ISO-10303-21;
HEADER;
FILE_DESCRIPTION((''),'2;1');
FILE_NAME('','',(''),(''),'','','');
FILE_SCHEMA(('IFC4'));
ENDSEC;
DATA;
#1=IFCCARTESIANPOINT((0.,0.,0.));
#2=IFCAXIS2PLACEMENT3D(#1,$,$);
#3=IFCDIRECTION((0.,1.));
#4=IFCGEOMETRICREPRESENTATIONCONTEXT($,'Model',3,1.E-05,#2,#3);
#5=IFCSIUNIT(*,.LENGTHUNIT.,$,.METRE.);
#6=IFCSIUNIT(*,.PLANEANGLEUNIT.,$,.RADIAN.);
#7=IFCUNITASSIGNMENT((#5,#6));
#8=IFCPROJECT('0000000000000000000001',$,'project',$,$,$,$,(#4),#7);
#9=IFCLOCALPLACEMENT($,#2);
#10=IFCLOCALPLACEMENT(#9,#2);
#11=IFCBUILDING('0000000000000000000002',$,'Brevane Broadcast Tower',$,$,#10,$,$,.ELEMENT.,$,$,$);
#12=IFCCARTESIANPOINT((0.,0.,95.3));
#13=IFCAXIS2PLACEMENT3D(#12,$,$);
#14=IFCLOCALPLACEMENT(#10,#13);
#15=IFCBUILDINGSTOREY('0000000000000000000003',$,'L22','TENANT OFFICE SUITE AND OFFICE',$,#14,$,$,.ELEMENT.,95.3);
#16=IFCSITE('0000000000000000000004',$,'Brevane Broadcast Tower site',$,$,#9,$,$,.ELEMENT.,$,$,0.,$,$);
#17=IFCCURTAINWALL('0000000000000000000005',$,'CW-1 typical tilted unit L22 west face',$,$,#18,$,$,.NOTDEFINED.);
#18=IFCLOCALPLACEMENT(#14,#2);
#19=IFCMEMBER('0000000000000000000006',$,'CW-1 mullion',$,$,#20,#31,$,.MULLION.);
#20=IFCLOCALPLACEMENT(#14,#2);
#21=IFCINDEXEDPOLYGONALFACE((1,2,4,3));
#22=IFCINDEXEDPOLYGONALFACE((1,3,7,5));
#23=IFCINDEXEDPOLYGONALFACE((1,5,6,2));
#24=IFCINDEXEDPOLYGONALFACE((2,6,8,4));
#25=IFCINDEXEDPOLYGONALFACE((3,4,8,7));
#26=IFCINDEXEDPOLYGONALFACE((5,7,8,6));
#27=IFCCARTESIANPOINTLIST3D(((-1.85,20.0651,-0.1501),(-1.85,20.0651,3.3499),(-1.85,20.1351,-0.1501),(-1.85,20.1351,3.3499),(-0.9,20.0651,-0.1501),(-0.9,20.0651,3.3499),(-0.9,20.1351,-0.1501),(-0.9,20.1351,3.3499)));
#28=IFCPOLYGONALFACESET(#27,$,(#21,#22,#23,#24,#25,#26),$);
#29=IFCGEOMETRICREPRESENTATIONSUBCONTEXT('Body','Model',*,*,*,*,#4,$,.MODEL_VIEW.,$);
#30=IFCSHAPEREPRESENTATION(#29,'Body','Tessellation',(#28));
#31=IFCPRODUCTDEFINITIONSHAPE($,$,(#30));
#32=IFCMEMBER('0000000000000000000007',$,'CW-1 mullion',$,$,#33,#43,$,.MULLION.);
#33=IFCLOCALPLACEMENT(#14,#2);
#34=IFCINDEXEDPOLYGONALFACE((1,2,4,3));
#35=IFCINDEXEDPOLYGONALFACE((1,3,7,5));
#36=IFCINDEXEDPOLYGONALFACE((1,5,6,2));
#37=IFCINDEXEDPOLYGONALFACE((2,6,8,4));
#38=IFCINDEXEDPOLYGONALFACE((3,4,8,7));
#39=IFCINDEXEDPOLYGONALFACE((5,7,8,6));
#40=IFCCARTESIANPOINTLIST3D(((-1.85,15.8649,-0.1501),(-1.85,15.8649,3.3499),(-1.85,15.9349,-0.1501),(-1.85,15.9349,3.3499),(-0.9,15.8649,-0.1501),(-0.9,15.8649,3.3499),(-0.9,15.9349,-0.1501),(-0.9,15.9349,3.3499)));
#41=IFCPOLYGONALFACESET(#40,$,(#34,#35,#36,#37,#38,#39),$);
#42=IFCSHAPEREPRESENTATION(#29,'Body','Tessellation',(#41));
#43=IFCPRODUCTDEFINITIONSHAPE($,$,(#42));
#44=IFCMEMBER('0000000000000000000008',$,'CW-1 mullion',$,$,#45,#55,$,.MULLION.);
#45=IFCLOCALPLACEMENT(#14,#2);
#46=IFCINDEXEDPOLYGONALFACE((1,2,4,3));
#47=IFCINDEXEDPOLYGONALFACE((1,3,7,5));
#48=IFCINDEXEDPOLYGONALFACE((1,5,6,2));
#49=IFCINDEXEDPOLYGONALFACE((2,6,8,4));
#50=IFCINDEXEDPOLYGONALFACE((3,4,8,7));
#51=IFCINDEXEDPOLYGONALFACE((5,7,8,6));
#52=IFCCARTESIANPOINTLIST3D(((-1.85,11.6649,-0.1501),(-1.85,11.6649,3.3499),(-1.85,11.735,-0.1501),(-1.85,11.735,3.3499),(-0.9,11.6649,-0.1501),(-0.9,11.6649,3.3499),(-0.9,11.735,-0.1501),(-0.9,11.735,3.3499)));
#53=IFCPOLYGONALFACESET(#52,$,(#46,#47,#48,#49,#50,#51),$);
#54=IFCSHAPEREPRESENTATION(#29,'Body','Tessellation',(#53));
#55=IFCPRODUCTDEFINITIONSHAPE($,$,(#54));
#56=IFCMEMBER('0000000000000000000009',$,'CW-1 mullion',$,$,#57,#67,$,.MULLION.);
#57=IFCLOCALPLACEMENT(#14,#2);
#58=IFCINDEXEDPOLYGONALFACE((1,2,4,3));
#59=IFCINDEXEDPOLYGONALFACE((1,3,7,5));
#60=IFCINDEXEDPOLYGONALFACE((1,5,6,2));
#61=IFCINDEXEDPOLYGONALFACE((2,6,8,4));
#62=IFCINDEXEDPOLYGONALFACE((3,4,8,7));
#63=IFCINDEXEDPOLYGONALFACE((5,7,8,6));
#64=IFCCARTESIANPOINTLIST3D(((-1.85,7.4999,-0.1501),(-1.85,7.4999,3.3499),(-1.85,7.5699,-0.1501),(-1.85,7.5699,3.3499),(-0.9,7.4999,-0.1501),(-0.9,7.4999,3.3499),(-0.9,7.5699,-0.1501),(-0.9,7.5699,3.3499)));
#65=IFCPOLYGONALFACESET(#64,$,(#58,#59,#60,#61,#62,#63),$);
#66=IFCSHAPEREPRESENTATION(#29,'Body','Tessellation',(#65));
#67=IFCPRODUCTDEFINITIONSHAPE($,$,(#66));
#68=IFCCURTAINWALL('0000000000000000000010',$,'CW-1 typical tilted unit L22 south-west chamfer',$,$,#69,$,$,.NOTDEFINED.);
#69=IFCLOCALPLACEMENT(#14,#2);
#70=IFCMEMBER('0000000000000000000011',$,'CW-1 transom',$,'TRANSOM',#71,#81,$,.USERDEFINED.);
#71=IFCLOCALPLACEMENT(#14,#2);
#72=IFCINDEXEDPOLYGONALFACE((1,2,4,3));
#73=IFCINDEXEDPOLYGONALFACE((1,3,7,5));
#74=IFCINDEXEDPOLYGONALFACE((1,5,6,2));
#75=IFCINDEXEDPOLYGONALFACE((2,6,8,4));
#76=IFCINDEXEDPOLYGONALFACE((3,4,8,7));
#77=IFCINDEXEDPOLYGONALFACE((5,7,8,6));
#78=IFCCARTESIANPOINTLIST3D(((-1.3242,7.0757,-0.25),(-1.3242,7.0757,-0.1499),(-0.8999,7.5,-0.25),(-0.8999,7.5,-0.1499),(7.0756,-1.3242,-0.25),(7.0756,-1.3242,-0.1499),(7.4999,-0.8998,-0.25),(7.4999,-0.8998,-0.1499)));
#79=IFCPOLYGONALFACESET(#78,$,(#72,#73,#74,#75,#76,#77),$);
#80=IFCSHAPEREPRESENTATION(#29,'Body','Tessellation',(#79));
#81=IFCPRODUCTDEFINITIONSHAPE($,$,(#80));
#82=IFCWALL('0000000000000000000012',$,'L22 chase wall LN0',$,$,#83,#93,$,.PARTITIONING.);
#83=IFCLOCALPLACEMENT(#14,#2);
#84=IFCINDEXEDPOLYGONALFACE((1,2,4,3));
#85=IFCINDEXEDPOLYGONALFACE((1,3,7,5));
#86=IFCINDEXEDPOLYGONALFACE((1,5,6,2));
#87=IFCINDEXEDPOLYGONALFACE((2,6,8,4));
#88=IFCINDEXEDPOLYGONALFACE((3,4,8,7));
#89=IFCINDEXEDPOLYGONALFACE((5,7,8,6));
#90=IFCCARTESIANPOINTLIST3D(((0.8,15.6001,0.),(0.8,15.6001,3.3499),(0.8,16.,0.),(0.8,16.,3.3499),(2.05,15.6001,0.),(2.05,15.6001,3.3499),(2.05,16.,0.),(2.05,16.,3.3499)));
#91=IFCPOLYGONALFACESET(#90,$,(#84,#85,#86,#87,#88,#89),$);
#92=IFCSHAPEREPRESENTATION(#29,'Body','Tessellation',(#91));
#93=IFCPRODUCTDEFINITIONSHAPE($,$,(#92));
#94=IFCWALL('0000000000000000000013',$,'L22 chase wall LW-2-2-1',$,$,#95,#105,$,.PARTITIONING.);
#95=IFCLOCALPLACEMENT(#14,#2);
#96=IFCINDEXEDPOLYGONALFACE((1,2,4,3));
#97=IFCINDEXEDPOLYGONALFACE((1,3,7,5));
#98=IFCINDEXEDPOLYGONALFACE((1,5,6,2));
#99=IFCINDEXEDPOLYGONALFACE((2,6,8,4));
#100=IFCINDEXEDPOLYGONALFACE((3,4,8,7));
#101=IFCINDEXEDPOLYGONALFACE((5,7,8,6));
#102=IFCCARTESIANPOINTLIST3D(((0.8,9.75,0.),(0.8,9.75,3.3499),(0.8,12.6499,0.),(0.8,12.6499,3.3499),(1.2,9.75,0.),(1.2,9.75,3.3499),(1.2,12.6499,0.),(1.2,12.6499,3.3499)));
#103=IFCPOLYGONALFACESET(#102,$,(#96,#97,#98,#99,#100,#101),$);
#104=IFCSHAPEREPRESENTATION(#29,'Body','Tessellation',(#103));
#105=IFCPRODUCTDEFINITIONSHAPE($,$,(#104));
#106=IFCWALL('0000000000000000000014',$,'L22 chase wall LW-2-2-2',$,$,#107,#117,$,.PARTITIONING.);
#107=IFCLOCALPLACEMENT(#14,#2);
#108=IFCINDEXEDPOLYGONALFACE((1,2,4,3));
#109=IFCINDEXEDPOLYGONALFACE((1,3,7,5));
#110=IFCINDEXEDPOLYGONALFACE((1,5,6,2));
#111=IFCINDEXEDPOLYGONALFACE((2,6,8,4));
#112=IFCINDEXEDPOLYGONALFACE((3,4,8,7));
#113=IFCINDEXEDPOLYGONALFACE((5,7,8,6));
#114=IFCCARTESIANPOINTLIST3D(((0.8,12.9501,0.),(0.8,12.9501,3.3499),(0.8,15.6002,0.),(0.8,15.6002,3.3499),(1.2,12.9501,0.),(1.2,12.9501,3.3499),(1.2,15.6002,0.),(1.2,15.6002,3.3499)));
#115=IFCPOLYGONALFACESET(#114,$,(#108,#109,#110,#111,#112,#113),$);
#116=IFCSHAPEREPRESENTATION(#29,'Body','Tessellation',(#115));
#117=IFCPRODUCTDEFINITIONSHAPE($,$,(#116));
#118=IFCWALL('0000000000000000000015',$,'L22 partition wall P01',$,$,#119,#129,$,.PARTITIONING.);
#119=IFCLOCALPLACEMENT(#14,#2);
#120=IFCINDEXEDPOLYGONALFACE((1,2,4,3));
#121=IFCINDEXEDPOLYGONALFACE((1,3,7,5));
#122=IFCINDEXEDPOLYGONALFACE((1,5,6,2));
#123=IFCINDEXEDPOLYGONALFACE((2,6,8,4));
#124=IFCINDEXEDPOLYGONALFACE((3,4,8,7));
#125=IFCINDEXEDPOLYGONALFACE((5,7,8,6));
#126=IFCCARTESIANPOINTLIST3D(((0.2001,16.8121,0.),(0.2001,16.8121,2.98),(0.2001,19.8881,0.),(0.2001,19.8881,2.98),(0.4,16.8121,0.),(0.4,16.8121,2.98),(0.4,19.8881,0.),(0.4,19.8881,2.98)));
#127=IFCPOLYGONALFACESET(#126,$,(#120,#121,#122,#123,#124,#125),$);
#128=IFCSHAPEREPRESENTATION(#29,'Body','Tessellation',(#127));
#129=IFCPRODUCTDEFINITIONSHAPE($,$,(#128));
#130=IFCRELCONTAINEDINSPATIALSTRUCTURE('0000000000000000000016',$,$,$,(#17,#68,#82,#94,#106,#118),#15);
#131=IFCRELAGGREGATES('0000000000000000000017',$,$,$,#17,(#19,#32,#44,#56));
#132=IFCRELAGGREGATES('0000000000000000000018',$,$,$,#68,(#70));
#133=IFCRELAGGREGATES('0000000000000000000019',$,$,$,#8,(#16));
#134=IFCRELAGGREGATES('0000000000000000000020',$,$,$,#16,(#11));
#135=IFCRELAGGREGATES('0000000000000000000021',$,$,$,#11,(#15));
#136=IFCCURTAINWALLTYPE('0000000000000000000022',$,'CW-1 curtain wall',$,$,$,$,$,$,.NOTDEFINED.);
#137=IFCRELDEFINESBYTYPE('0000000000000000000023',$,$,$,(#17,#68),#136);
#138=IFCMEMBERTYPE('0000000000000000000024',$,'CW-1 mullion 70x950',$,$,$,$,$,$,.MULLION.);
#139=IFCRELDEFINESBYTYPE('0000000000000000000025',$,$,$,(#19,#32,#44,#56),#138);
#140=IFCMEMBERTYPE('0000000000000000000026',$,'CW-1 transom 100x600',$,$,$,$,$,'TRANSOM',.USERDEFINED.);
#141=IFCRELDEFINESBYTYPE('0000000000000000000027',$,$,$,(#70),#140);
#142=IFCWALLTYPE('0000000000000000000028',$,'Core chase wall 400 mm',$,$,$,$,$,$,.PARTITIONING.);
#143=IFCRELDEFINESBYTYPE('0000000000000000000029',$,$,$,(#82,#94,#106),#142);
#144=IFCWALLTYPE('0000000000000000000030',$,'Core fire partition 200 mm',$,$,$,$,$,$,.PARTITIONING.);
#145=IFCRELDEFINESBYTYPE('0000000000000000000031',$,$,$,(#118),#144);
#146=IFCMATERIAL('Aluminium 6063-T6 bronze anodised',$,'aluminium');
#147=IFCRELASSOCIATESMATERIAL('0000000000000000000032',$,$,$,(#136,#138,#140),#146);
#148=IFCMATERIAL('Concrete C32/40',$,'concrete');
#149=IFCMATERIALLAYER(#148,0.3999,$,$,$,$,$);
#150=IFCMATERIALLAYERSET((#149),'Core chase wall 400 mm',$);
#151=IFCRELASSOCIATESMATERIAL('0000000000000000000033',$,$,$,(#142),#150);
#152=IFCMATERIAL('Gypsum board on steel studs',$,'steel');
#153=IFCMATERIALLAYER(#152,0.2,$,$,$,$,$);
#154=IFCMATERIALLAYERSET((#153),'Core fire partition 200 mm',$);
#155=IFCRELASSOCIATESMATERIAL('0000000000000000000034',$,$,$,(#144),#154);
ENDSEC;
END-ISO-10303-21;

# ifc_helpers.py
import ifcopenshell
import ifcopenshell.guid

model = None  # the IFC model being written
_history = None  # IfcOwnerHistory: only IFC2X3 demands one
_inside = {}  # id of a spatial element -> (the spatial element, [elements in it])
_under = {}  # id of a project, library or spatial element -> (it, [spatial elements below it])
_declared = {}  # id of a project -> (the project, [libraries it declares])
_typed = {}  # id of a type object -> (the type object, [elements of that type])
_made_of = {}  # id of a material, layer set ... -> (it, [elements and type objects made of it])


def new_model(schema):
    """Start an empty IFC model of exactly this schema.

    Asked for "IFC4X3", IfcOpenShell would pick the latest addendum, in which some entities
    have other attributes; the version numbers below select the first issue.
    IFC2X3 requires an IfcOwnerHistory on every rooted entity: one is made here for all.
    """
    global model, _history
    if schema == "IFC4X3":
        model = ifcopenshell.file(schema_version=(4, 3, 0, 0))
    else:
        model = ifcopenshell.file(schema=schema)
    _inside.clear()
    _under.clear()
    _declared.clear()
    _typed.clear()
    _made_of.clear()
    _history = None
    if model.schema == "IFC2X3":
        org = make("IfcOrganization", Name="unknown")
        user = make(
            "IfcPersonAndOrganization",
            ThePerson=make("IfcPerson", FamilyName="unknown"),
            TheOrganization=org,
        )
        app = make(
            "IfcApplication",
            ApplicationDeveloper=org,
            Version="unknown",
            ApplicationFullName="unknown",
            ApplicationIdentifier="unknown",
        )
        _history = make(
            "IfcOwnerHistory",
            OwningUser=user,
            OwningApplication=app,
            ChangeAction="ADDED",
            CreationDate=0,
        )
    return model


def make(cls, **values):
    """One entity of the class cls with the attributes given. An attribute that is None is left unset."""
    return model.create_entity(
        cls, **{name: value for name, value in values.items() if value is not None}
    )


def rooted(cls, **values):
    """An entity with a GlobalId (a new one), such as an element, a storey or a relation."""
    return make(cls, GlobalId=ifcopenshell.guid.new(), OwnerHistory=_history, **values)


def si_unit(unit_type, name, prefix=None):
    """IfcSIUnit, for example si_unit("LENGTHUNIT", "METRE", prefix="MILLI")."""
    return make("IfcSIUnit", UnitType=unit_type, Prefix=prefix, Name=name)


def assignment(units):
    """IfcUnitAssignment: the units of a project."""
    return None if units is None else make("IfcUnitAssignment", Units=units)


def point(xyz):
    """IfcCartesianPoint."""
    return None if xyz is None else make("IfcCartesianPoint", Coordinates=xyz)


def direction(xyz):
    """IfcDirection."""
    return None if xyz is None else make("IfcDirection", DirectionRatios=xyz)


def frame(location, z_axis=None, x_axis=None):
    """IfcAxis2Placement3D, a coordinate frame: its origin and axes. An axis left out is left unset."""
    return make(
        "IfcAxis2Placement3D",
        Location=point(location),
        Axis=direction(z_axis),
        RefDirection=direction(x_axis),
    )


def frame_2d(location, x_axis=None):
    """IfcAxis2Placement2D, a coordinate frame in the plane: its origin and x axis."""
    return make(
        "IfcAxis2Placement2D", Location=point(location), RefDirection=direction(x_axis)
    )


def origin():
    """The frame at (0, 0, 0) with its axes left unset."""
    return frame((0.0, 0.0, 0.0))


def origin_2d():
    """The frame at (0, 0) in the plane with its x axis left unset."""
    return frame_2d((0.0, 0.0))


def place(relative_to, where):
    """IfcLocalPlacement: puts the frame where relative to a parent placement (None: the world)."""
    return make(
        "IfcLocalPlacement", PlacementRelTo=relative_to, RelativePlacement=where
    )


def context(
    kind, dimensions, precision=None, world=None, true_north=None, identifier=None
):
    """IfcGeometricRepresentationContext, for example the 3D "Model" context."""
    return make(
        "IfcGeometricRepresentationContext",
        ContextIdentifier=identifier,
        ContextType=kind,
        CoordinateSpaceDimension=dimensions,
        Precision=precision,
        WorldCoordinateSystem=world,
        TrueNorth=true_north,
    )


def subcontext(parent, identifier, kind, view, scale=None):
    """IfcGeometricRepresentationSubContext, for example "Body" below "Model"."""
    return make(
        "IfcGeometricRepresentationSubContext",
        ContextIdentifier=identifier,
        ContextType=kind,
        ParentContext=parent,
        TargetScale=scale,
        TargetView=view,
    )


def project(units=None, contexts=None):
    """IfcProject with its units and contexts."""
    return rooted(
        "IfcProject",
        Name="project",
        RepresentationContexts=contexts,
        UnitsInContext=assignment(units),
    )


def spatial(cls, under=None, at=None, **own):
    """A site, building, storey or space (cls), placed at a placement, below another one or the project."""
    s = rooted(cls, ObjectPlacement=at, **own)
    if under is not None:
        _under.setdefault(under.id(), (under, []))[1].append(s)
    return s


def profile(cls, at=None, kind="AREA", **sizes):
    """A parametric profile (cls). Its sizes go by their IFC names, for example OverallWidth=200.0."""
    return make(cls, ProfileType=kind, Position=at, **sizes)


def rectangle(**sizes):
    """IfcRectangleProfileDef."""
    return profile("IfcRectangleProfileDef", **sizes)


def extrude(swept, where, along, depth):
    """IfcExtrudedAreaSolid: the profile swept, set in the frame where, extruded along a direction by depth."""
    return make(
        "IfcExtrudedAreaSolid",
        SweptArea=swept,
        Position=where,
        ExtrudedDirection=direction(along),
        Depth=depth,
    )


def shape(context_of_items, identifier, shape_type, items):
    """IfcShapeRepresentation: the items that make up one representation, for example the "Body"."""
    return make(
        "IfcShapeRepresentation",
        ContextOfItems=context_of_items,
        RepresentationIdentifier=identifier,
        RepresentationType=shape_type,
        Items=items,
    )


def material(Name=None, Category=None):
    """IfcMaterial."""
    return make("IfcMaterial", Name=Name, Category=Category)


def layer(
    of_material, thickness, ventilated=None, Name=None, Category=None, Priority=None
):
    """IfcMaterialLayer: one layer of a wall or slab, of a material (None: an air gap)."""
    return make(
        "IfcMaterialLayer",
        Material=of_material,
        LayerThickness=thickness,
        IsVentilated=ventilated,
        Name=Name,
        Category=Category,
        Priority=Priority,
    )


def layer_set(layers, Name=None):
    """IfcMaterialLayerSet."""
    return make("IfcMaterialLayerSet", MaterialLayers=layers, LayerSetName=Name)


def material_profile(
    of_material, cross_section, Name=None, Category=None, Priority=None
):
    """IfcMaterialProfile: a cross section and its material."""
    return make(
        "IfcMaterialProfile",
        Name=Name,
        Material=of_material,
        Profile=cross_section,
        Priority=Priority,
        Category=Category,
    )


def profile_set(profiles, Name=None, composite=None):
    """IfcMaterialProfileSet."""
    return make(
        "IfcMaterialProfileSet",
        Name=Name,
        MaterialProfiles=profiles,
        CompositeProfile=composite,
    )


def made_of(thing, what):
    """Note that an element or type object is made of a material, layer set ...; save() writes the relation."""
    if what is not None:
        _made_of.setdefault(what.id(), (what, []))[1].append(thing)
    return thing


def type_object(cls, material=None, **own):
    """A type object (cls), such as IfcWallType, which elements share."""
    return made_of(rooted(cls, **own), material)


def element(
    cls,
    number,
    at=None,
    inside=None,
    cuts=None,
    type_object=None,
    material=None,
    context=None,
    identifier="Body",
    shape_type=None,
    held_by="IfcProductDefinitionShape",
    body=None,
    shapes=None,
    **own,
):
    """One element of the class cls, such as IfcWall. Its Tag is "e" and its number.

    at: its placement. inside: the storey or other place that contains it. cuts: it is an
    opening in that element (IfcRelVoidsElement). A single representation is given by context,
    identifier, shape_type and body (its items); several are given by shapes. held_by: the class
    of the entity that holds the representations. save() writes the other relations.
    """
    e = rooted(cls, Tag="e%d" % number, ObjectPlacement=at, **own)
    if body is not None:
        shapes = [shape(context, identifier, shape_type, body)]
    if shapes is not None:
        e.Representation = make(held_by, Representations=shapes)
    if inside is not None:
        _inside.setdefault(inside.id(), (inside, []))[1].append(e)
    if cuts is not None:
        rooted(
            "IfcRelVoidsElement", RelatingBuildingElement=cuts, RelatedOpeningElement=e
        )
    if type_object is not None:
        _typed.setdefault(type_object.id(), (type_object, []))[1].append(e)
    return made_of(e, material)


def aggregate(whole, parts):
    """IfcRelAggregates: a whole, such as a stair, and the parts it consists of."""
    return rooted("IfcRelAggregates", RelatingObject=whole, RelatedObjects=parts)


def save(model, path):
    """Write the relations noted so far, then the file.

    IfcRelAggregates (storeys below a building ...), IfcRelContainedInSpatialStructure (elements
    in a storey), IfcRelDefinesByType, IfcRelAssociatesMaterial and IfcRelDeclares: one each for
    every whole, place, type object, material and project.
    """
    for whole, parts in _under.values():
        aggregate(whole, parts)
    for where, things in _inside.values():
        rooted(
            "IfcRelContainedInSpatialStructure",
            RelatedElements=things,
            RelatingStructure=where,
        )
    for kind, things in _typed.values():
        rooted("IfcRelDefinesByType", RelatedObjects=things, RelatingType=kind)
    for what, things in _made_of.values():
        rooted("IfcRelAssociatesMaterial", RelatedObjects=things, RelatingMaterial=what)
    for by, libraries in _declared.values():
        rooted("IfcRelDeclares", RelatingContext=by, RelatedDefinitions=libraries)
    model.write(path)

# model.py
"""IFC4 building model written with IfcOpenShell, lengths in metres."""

from ifc_helpers import new_model, si_unit, direction, frame, frame_2d, origin, origin_2d, place, context, subcontext, project, spatial, rectangle, extrude, material, layer, layer_set, material_profile, profile_set, type_object, element, aggregate, save


model = new_model("IFC4")

# Units and contexts
model_context = context("Model", 3, precision=1e-05, world=origin(), true_north=direction((0.0, 1.0)))
body_context = subcontext(model_context, "Body", "Model", "MODEL_VIEW")
ifc_project = project(units=[si_unit("LENGTHUNIT", "METRE"), si_unit("PLANEANGLEUNIT", "RADIAN")], contexts=[model_context])

# Site, building, storey
site_placement = place(None, origin())
site = spatial("IfcSite", under=ifc_project, at=site_placement, Name="Brevane Broadcast Tower site", CompositionType="ELEMENT", RefElevation=0.0)
building_placement = place(site_placement, origin())
building = spatial("IfcBuilding", under=site, at=building_placement, Name="Brevane Broadcast Tower", CompositionType="ELEMENT")
storey_placement = place(building_placement, frame((0.0, 0.0, 95.3)))
storey = spatial("IfcBuildingStorey", under=building, at=storey_placement, Name="L22", Description="TENANT OFFICE SUITE AND OFFICE", CompositionType="ELEMENT", Elevation=95.3)

# Curtain wall, members
ifc_material_1 = material(Name="Aluminium 6063-T6 bronze anodised", Category="aluminium")
curtain_wall_type = type_object("IfcCurtainWallType", Name="CW-1 curtain wall", PredefinedType="NOTDEFINED", material=ifc_material_1)
curtain_wall_1_placement = place(storey_placement, origin())
curtain_wall_1 = element("IfcCurtainWall", 1, at=curtain_wall_1_placement, inside=storey, type_object=curtain_wall_type, Name="CW-1 typical tilted unit L22 west face", PredefinedType="NOTDEFINED")
ifc_material_profile_1 = material_profile(ifc_material_1, rectangle(XDim=0.95, YDim=0.0701, at=origin_2d()), Name="RECT 70x950")
ifc_profile_set_1 = profile_set([ifc_material_profile_1], Name="Aluminium 6063-T6 bronze anodised")
member_type_1 = type_object("IfcMemberType", Name="CW-1 mullion 70x950", PredefinedType="MULLION", material=ifc_profile_set_1)
member_1_placement = place(storey_placement, frame((-1.375, 20.1001, -0.1501), z_axis=(0.0, 0.0, 1.0), x_axis=(1.0, 0.0, 0.0)))
member_1 = element("IfcMember", 2, at=member_1_placement, type_object=member_type_1, Name="CW-1 mullion", PredefinedType="MULLION", context=body_context, shape_type="SweptSolid", body=[
    extrude(rectangle(XDim=0.95, YDim=0.0701, at=origin_2d()), origin(), (0.0, 0.0, 1.0), 3.5),
])
member_2_placement = place(storey_placement, frame((-1.375, 15.8999, -0.1501), z_axis=(0.0, 0.0, 1.0), x_axis=(1.0, 0.0, 0.0)))
member_2 = element("IfcMember", 3, at=member_2_placement, type_object=member_type_1, Name="CW-1 mullion", PredefinedType="MULLION", context=body_context, shape_type="SweptSolid", body=[
    extrude(rectangle(XDim=0.95, YDim=0.0701, at=origin_2d()), origin(), (0.0, 0.0, 1.0), 3.5),
])
member_3_placement = place(storey_placement, frame((-1.375, 11.7, -0.1501), z_axis=(0.0, 0.0, 1.0), x_axis=(1.0, 0.0, 0.0)))
member_3 = element("IfcMember", 4, at=member_3_placement, type_object=member_type_1, Name="CW-1 mullion", PredefinedType="MULLION", context=body_context, shape_type="SweptSolid", body=[
    extrude(rectangle(XDim=0.95, YDim=0.0701, at=origin_2d()), origin(), (0.0, 0.0, 1.0), 3.5),
])
member_4_placement = place(storey_placement, frame((-1.375, 7.5349, -0.1501), z_axis=(0.0, 0.0, 1.0), x_axis=(1.0, 0.0, 0.0)))
member_4 = element("IfcMember", 5, at=member_4_placement, type_object=member_type_1, Name="CW-1 mullion", PredefinedType="MULLION", context=body_context, shape_type="SweptSolid", body=[
    extrude(rectangle(XDim=0.95, YDim=0.0701, at=origin_2d()), origin(), (0.0, 0.0, 1.0), 3.5),
])
aggregate(curtain_wall_1, [member_1, member_2, member_3, member_4])

# Curtain wall, member
curtain_wall_2_placement = place(storey_placement, origin())
curtain_wall_2 = element("IfcCurtainWall", 6, at=curtain_wall_2_placement, inside=storey, type_object=curtain_wall_type, Name="CW-1 typical tilted unit L22 south-west chamfer", PredefinedType="NOTDEFINED")
ifc_material_profile_2 = material_profile(ifc_material_1, rectangle(XDim=0.6001, YDim=0.1001, at=origin_2d()), Name="RECT 100x600")
ifc_profile_set_2 = profile_set([ifc_material_profile_2], Name="Aluminium 6063-T6 bronze anodised")
member_type_2 = type_object("IfcMemberType", Name="CW-1 transom 100x600", ElementType="TRANSOM", PredefinedType="USERDEFINED", material=ifc_profile_set_2)
member_5_placement = place(storey_placement, frame((-1.1121, 7.2878, -0.2), z_axis=(0.707107, -0.707107, 0.0), x_axis=(0.707107, 0.707107, 0.0)))
member_5 = element("IfcMember", 7, at=member_5_placement, type_object=member_type_2, Name="CW-1 transom", ObjectType="TRANSOM", PredefinedType="USERDEFINED", context=body_context, shape_type="SweptSolid", body=[
    extrude(rectangle(XDim=0.6001, YDim=0.1001, at=origin_2d()), origin(), (0.0, 0.0, 1.0), 11.8792),
])
aggregate(curtain_wall_2, [member_5])

# Walls
ifc_material_2 = material(Name="Concrete C32/40", Category="concrete")
ifc_layer_1 = layer(ifc_material_2, 0.3999)
ifc_layer_set_1 = layer_set([ifc_layer_1], Name="Core chase wall 400 mm")
wall_type_1 = type_object("IfcWallType", Name="Core chase wall 400 mm", PredefinedType="PARTITIONING", material=ifc_layer_set_1)
wall_1_placement = place(storey_placement, frame((0.8, 15.8, 0.0), z_axis=(0.0, 0.0, 1.0), x_axis=(1.0, 0.0, 0.0)))
element("IfcWall", 8, at=wall_1_placement, inside=storey, type_object=wall_type_1, Name="L22 chase wall LN0", PredefinedType="PARTITIONING", context=body_context, shape_type="SweptSolid", body=[
    extrude(rectangle(XDim=1.25, YDim=0.3999, at=frame_2d((0.625, 0.0))), origin(), (0.0, 0.0, 1.0), 3.3499),
])
wall_2_placement = place(storey_placement, frame((1.0, 9.75, 0.0), z_axis=(0.0, 0.0, 1.0), x_axis=(0.0, 1.0, 0.0)))
element("IfcWall", 9, at=wall_2_placement, inside=storey, type_object=wall_type_1, Name="L22 chase wall LW-2-2-1", PredefinedType="PARTITIONING", context=body_context, shape_type="SweptSolid", body=[
    extrude(rectangle(XDim=2.8999, YDim=0.3999, at=frame_2d((1.45, 0.0))), origin(), (0.0, 0.0, 1.0), 3.3499),
])
wall_3_placement = place(storey_placement, frame((1.0, 12.95, 0.0), z_axis=(0.0, 0.0, 1.0), x_axis=(0.0, 1.0, 0.0)))
element("IfcWall", 10, at=wall_3_placement, inside=storey, type_object=wall_type_1, Name="L22 chase wall LW-2-2-2", PredefinedType="PARTITIONING", context=body_context, shape_type="SweptSolid", body=[
    extrude(rectangle(XDim=2.6501, YDim=0.3999, at=frame_2d((1.3252, 0.0))), origin(), (0.0, 0.0, 1.0), 3.3499),
])
ifc_material_3 = material(Name="Gypsum board on steel studs", Category="steel")
ifc_layer_2 = layer(ifc_material_3, 0.2)
ifc_layer_set_2 = layer_set([ifc_layer_2], Name="Core fire partition 200 mm")
wall_type_2 = type_object("IfcWallType", Name="Core fire partition 200 mm", PredefinedType="PARTITIONING", material=ifc_layer_set_2)
wall_4_placement = place(storey_placement, frame((0.3, 16.812, 0.0), z_axis=(0.0, 0.0, 1.0), x_axis=(0.0, 1.0, 0.0)))
element("IfcWall", 11, at=wall_4_placement, inside=storey, type_object=wall_type_2, Name="L22 partition wall P01", PredefinedType="PARTITIONING", context=body_context, shape_type="SweptSolid", body=[
    extrude(rectangle(XDim=3.0759, YDim=0.2, at=frame_2d((1.5381, 0.0))), origin(), (0.0, 0.0, 1.0), 2.98),
])

save(model, "model.ifc")
